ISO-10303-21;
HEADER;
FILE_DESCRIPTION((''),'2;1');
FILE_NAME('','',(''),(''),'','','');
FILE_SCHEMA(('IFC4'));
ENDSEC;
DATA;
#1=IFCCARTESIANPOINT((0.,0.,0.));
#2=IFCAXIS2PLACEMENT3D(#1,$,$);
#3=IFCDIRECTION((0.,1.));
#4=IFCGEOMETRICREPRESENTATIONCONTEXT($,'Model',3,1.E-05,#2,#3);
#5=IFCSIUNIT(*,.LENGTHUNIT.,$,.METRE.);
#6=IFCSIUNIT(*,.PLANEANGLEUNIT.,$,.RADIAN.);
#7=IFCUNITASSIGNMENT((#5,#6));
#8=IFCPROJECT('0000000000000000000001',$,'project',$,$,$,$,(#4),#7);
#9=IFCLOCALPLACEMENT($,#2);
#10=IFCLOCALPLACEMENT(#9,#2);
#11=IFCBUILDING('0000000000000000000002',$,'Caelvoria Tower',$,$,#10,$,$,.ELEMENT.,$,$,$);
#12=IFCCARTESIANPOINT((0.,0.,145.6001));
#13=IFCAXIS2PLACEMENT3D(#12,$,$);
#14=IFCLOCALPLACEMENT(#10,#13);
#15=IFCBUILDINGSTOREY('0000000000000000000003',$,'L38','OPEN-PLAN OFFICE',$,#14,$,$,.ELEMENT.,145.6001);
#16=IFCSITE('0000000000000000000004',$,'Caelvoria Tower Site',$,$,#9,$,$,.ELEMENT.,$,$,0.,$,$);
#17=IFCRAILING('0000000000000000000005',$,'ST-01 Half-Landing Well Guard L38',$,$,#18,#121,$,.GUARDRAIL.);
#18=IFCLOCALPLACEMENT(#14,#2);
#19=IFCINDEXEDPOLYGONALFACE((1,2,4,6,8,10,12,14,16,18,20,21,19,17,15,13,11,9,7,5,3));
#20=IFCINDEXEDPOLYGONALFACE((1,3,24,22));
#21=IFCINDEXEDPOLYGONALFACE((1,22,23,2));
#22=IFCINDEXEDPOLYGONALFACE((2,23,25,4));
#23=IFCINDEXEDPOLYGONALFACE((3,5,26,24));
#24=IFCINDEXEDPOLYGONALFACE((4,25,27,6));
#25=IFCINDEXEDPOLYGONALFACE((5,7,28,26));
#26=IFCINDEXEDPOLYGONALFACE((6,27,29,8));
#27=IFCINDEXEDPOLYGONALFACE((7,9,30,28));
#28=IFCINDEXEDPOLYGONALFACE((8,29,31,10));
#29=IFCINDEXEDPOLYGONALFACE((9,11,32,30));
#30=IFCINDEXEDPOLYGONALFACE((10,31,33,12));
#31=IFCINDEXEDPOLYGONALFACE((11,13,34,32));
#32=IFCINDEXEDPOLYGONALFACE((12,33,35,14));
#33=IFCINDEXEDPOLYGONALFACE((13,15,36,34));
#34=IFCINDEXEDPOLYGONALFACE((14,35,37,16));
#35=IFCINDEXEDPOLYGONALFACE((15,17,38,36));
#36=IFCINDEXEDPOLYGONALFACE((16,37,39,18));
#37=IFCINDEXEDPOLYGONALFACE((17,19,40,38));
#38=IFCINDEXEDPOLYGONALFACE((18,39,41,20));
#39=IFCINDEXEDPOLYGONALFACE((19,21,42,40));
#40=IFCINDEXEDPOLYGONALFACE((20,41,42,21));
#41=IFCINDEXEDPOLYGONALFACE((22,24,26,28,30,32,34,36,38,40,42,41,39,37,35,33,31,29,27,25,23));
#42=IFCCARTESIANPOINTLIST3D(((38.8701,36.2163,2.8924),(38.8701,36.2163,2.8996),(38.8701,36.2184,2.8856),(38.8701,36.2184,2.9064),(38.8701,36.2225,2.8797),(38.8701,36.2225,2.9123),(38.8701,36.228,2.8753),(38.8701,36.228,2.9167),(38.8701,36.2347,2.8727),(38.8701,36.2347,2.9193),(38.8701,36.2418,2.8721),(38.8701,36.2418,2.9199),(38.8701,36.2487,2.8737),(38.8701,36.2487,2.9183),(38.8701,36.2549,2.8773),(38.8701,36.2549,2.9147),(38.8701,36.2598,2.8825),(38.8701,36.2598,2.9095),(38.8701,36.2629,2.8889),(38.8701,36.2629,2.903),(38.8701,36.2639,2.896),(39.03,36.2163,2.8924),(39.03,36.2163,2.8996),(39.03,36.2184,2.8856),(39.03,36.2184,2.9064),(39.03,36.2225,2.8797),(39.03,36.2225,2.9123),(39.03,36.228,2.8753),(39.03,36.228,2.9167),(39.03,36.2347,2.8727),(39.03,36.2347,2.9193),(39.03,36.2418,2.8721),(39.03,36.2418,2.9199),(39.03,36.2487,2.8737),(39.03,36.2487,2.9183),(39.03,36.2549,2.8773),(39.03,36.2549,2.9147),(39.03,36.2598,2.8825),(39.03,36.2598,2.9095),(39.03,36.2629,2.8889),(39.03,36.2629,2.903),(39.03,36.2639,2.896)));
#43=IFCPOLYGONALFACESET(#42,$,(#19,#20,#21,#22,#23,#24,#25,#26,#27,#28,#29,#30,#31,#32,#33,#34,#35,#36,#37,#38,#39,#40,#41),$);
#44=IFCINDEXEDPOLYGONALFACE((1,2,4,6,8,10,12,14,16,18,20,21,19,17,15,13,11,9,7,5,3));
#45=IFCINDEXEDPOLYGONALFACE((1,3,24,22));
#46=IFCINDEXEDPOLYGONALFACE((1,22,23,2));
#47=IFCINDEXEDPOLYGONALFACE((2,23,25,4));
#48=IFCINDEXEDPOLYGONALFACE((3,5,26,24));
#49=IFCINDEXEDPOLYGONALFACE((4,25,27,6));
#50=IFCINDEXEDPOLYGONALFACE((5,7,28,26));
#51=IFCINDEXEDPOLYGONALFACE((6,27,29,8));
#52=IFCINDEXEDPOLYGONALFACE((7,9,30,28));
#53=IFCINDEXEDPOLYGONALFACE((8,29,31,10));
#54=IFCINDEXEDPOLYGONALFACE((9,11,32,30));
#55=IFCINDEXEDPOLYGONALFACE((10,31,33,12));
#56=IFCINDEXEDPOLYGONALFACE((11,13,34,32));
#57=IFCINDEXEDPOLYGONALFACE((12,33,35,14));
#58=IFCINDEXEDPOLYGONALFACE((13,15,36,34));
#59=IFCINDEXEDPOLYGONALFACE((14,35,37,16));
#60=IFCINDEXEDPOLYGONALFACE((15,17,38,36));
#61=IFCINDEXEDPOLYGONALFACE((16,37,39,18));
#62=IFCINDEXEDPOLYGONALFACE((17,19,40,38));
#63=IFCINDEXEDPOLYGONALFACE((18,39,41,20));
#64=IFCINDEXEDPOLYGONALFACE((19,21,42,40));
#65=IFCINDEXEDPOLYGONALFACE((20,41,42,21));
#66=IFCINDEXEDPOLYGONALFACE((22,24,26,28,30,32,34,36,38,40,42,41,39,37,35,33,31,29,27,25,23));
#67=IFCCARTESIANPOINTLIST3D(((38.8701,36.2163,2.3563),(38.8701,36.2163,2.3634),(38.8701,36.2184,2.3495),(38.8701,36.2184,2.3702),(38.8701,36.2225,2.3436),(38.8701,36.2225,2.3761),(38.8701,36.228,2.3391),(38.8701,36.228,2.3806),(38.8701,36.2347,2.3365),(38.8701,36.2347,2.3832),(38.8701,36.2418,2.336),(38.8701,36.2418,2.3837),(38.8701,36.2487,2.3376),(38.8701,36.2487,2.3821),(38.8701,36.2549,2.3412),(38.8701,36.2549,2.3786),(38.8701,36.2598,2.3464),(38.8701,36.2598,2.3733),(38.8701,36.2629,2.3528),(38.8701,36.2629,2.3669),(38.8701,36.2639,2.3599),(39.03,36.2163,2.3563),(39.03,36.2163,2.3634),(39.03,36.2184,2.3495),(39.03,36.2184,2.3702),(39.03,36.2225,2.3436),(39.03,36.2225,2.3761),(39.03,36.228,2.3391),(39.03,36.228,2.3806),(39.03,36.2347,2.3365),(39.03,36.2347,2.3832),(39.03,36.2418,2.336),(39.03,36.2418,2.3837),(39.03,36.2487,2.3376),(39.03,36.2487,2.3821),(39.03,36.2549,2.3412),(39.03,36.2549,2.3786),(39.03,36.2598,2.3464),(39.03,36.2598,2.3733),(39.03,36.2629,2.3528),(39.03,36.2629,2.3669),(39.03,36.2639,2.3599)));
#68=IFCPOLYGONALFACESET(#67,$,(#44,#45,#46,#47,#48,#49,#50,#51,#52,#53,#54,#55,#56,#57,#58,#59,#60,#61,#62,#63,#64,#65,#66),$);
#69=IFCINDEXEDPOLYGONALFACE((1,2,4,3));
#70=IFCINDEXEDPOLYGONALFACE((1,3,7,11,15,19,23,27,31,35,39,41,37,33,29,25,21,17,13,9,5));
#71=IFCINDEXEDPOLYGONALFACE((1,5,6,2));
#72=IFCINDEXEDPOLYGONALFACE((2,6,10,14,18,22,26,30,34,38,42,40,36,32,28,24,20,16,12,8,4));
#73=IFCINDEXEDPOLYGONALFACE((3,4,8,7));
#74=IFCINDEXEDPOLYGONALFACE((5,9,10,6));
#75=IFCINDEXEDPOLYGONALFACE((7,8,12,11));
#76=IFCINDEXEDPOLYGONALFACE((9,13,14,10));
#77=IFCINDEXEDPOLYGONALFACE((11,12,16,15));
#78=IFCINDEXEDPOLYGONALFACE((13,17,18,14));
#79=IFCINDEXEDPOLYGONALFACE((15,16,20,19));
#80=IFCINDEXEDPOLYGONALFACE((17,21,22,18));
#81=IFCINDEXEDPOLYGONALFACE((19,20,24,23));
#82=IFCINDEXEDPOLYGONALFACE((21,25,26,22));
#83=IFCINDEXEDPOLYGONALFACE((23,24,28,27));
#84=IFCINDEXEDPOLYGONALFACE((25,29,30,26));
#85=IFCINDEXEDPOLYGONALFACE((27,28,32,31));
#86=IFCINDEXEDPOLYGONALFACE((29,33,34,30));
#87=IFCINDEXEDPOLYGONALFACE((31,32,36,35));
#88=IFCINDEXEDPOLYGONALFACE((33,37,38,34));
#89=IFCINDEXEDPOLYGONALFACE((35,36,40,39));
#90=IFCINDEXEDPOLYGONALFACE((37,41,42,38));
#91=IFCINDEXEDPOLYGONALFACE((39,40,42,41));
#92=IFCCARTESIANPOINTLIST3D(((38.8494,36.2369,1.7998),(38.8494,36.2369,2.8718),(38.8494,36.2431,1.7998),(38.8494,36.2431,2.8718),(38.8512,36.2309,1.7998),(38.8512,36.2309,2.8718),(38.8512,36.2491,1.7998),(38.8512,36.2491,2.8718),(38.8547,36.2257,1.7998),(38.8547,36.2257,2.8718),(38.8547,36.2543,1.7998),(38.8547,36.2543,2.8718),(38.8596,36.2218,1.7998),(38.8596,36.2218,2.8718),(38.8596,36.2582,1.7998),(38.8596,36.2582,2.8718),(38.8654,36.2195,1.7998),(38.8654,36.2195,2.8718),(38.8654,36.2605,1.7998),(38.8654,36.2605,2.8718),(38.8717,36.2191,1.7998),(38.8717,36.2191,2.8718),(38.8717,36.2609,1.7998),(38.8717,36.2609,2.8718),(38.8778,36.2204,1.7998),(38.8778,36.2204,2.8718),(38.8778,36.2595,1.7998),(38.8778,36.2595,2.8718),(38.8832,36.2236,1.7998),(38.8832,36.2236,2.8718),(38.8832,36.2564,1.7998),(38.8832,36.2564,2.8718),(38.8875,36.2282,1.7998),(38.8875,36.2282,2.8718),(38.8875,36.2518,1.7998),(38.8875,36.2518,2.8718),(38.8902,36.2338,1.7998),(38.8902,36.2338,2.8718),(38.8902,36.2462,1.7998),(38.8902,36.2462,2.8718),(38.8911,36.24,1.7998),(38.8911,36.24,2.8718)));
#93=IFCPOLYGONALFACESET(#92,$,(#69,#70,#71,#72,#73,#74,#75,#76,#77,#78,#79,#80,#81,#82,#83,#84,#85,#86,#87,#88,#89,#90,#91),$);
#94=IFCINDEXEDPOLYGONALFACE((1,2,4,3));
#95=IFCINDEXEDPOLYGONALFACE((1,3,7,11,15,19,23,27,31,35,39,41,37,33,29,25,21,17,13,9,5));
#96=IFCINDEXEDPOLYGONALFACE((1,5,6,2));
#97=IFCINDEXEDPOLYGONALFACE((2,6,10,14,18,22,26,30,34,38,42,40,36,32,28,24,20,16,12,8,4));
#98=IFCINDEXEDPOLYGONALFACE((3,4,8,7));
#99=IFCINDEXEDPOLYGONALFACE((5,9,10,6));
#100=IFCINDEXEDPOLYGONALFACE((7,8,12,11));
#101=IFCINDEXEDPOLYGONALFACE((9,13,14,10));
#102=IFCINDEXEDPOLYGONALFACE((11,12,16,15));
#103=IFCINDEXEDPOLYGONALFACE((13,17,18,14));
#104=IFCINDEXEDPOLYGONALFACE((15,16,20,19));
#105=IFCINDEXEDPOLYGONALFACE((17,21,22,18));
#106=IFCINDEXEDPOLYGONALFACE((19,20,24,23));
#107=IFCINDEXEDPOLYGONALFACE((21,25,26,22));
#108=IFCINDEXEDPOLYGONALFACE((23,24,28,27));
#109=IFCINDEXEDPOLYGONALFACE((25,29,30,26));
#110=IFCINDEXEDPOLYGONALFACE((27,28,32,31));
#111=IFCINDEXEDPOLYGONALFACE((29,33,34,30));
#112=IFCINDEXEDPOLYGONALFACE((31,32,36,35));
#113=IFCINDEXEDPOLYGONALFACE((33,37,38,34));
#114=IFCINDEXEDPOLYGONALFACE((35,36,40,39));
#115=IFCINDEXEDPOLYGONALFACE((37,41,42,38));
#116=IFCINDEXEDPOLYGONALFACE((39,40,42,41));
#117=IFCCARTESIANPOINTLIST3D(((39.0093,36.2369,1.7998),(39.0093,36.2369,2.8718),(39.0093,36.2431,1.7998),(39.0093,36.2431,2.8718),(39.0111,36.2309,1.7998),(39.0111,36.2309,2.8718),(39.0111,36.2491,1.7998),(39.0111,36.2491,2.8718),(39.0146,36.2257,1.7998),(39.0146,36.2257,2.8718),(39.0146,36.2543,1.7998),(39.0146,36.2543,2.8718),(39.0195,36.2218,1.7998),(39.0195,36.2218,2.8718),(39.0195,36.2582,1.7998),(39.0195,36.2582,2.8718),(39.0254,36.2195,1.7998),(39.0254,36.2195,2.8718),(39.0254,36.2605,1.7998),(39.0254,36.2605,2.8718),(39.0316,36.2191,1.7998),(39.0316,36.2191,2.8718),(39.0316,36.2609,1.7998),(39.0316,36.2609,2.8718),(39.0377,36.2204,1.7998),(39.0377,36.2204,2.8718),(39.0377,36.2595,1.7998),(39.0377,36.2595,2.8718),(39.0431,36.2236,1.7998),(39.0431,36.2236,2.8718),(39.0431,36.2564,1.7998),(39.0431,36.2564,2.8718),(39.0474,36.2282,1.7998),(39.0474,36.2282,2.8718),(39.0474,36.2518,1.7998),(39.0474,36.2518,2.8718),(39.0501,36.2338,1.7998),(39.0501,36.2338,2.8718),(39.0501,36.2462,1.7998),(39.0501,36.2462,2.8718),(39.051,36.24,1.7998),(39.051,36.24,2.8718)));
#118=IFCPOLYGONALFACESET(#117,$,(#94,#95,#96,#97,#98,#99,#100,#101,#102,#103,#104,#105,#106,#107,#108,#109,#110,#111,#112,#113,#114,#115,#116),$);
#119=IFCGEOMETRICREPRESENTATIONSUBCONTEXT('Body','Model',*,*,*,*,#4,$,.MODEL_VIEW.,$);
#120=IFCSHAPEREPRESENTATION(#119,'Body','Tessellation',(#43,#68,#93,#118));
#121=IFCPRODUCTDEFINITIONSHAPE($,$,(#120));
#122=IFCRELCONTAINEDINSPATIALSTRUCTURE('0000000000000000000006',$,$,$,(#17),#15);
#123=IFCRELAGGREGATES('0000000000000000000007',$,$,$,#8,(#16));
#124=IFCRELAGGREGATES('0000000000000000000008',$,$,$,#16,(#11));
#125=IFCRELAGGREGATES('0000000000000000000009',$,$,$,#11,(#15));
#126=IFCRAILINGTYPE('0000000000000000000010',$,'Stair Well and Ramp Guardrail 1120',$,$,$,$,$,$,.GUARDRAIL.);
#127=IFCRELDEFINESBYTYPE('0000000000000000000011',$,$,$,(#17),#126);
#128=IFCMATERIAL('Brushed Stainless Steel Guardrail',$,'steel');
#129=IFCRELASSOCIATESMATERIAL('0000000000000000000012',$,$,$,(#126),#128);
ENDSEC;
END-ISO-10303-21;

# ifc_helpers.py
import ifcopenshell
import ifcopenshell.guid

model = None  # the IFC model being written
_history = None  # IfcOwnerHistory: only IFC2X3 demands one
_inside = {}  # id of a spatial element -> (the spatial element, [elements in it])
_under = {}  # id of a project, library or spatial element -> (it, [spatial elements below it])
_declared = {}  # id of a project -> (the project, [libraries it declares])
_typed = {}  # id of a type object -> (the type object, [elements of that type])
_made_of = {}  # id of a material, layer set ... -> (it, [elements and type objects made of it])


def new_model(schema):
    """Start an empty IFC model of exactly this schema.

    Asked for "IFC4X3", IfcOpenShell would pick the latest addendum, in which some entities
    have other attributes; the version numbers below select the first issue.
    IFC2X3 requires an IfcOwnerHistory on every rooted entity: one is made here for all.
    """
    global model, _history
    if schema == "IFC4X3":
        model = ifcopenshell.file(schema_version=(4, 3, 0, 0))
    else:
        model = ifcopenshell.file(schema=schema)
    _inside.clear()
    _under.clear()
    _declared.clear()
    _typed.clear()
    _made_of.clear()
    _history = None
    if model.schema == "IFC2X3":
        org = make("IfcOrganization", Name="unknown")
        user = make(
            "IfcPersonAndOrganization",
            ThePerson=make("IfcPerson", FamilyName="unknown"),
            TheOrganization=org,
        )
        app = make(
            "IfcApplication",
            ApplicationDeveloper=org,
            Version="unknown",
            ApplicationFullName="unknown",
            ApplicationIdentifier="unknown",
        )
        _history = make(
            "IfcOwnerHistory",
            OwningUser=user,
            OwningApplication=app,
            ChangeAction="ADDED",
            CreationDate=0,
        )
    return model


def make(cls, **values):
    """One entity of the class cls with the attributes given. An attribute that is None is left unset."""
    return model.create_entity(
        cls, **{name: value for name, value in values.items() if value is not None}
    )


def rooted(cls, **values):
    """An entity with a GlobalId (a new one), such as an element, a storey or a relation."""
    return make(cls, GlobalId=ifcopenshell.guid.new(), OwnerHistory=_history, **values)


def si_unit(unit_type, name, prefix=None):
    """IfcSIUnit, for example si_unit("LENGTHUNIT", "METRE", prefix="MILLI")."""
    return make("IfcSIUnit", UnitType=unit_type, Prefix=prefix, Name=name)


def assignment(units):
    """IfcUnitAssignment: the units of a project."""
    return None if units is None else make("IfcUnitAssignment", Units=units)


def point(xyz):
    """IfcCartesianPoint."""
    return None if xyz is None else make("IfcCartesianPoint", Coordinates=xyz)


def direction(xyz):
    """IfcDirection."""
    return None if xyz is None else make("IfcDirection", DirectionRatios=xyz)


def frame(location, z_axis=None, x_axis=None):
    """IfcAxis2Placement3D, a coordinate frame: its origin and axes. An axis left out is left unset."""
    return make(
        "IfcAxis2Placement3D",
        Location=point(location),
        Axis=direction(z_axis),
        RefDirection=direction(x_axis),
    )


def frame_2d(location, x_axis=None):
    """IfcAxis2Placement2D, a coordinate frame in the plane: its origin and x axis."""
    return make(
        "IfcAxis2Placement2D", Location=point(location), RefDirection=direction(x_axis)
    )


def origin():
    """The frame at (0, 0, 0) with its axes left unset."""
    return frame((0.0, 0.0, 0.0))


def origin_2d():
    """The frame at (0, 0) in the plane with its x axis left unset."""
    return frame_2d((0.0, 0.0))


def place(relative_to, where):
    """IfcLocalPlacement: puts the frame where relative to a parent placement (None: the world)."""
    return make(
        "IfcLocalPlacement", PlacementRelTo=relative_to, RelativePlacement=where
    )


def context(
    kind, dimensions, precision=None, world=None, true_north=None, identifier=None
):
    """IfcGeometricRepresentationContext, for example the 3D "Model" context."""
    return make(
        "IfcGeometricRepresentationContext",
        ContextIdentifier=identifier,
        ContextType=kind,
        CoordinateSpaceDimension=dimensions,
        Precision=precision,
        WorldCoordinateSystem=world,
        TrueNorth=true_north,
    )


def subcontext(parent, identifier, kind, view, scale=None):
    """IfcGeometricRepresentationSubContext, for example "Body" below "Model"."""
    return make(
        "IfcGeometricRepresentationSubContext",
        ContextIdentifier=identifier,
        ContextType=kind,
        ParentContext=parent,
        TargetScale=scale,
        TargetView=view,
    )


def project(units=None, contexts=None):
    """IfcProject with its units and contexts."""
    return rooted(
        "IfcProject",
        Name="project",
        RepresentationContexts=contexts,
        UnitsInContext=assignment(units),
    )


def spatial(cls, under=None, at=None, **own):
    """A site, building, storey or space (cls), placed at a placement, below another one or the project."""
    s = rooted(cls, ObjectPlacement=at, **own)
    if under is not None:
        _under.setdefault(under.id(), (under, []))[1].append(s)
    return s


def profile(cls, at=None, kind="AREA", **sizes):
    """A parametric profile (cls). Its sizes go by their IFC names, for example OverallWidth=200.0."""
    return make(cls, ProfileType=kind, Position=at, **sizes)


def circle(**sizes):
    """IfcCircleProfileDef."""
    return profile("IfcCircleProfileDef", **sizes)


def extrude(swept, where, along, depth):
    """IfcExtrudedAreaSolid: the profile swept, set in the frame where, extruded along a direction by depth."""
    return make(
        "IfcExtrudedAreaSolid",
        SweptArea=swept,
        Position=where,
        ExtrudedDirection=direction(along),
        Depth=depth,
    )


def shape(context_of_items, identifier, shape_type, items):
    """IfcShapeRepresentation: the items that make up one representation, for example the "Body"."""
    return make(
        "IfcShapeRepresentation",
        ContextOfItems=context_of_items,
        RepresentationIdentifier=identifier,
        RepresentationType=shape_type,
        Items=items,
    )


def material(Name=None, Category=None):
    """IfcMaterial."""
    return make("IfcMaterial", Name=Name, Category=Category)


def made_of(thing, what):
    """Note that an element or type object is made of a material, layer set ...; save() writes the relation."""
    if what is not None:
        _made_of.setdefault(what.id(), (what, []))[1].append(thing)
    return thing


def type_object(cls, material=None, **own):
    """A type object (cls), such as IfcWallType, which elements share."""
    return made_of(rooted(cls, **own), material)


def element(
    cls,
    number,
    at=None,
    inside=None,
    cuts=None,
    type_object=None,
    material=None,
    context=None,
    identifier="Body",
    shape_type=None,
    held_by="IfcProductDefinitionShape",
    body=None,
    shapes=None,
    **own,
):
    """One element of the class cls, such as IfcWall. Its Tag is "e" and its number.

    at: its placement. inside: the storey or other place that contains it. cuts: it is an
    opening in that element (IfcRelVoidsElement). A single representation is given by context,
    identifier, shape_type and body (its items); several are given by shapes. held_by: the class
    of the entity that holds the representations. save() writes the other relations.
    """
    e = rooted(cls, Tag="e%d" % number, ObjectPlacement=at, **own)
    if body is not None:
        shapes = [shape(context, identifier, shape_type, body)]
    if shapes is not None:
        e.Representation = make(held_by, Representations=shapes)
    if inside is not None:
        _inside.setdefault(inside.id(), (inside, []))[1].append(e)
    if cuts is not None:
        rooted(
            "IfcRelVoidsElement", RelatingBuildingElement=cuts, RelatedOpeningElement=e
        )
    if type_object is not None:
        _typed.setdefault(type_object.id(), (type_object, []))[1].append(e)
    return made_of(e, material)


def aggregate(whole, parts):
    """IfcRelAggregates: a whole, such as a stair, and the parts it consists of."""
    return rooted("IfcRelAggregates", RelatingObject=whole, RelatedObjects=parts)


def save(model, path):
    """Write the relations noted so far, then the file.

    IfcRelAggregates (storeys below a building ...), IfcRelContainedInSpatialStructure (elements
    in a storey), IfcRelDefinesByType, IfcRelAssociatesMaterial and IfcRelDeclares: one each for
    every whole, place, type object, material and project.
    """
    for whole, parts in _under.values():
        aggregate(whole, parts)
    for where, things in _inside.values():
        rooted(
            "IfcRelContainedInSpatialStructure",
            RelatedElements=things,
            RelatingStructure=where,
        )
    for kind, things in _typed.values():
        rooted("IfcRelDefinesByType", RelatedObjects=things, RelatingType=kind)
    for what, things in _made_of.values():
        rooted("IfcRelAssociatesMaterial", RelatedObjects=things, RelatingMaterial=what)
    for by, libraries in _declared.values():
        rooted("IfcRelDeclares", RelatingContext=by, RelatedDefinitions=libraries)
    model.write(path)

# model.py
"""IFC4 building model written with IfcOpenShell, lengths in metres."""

from ifc_helpers import new_model, si_unit, direction, frame, origin, origin_2d, place, context, subcontext, project, spatial, circle, extrude, material, type_object, element, save


model = new_model("IFC4")

# Units and contexts
model_context = context("Model", 3, precision=1e-05, world=origin(), true_north=direction((0.0, 1.0)))
body_context = subcontext(model_context, "Body", "Model", "MODEL_VIEW")
ifc_project = project(units=[si_unit("LENGTHUNIT", "METRE"), si_unit("PLANEANGLEUNIT", "RADIAN")], contexts=[model_context])

# Site, building, storey
site_placement = place(None, origin())
site = spatial("IfcSite", under=ifc_project, at=site_placement, Name="Caelvoria Tower Site", CompositionType="ELEMENT", RefElevation=0.0)
building_placement = place(site_placement, origin())
building = spatial("IfcBuilding", under=site, at=building_placement, Name="Caelvoria Tower", CompositionType="ELEMENT")
storey_placement = place(building_placement, frame((0.0, 0.0, 145.6001)))
storey = spatial("IfcBuildingStorey", under=building, at=storey_placement, Name="L38", Description="OPEN-PLAN OFFICE", CompositionType="ELEMENT", Elevation=145.6001)

# Railing
ifc_material_1 = material(Name="Brushed Stainless Steel Guardrail", Category="steel")
railing_type_1 = type_object("IfcRailingType", Name="Stair Well and Ramp Guardrail 1120", PredefinedType="GUARDRAIL", material=ifc_material_1)
railing_1_placement = place(storey_placement, frame((38.8701, 36.24, 1.7998)))
element("IfcRailing", 1, at=railing_1_placement, inside=storey, type_object=railing_type_1, Name="ST-01 Half-Landing Well Guard L38", PredefinedType="GUARDRAIL", context=body_context, shape_type="SweptSolid", body=[
    extrude(circle(Radius=0.0239, at=origin_2d()), frame((0.0, 0.0, 1.0962), z_axis=(1.0, 0.0, 0.0), x_axis=(0.0, 1.0, 0.0)), (0.0, 0.0, 1.0), 0.1599),
    extrude(circle(Radius=0.0239, at=origin_2d()), frame((0.0, 0.0, 0.5601), z_axis=(1.0, 0.0, 0.0), x_axis=(0.0, 1.0, 0.0)), (0.0, 0.0, 1.0), 0.1599),
    extrude(circle(Radius=0.021, at=origin_2d()), origin(), (0.0, 0.0, 1.0), 1.072),
    extrude(circle(Radius=0.021, at=origin_2d()), frame((0.1599, 0.0, 0.0)), (0.0, 0.0, 1.0), 1.072),
])

save(model, "model.ifc")
